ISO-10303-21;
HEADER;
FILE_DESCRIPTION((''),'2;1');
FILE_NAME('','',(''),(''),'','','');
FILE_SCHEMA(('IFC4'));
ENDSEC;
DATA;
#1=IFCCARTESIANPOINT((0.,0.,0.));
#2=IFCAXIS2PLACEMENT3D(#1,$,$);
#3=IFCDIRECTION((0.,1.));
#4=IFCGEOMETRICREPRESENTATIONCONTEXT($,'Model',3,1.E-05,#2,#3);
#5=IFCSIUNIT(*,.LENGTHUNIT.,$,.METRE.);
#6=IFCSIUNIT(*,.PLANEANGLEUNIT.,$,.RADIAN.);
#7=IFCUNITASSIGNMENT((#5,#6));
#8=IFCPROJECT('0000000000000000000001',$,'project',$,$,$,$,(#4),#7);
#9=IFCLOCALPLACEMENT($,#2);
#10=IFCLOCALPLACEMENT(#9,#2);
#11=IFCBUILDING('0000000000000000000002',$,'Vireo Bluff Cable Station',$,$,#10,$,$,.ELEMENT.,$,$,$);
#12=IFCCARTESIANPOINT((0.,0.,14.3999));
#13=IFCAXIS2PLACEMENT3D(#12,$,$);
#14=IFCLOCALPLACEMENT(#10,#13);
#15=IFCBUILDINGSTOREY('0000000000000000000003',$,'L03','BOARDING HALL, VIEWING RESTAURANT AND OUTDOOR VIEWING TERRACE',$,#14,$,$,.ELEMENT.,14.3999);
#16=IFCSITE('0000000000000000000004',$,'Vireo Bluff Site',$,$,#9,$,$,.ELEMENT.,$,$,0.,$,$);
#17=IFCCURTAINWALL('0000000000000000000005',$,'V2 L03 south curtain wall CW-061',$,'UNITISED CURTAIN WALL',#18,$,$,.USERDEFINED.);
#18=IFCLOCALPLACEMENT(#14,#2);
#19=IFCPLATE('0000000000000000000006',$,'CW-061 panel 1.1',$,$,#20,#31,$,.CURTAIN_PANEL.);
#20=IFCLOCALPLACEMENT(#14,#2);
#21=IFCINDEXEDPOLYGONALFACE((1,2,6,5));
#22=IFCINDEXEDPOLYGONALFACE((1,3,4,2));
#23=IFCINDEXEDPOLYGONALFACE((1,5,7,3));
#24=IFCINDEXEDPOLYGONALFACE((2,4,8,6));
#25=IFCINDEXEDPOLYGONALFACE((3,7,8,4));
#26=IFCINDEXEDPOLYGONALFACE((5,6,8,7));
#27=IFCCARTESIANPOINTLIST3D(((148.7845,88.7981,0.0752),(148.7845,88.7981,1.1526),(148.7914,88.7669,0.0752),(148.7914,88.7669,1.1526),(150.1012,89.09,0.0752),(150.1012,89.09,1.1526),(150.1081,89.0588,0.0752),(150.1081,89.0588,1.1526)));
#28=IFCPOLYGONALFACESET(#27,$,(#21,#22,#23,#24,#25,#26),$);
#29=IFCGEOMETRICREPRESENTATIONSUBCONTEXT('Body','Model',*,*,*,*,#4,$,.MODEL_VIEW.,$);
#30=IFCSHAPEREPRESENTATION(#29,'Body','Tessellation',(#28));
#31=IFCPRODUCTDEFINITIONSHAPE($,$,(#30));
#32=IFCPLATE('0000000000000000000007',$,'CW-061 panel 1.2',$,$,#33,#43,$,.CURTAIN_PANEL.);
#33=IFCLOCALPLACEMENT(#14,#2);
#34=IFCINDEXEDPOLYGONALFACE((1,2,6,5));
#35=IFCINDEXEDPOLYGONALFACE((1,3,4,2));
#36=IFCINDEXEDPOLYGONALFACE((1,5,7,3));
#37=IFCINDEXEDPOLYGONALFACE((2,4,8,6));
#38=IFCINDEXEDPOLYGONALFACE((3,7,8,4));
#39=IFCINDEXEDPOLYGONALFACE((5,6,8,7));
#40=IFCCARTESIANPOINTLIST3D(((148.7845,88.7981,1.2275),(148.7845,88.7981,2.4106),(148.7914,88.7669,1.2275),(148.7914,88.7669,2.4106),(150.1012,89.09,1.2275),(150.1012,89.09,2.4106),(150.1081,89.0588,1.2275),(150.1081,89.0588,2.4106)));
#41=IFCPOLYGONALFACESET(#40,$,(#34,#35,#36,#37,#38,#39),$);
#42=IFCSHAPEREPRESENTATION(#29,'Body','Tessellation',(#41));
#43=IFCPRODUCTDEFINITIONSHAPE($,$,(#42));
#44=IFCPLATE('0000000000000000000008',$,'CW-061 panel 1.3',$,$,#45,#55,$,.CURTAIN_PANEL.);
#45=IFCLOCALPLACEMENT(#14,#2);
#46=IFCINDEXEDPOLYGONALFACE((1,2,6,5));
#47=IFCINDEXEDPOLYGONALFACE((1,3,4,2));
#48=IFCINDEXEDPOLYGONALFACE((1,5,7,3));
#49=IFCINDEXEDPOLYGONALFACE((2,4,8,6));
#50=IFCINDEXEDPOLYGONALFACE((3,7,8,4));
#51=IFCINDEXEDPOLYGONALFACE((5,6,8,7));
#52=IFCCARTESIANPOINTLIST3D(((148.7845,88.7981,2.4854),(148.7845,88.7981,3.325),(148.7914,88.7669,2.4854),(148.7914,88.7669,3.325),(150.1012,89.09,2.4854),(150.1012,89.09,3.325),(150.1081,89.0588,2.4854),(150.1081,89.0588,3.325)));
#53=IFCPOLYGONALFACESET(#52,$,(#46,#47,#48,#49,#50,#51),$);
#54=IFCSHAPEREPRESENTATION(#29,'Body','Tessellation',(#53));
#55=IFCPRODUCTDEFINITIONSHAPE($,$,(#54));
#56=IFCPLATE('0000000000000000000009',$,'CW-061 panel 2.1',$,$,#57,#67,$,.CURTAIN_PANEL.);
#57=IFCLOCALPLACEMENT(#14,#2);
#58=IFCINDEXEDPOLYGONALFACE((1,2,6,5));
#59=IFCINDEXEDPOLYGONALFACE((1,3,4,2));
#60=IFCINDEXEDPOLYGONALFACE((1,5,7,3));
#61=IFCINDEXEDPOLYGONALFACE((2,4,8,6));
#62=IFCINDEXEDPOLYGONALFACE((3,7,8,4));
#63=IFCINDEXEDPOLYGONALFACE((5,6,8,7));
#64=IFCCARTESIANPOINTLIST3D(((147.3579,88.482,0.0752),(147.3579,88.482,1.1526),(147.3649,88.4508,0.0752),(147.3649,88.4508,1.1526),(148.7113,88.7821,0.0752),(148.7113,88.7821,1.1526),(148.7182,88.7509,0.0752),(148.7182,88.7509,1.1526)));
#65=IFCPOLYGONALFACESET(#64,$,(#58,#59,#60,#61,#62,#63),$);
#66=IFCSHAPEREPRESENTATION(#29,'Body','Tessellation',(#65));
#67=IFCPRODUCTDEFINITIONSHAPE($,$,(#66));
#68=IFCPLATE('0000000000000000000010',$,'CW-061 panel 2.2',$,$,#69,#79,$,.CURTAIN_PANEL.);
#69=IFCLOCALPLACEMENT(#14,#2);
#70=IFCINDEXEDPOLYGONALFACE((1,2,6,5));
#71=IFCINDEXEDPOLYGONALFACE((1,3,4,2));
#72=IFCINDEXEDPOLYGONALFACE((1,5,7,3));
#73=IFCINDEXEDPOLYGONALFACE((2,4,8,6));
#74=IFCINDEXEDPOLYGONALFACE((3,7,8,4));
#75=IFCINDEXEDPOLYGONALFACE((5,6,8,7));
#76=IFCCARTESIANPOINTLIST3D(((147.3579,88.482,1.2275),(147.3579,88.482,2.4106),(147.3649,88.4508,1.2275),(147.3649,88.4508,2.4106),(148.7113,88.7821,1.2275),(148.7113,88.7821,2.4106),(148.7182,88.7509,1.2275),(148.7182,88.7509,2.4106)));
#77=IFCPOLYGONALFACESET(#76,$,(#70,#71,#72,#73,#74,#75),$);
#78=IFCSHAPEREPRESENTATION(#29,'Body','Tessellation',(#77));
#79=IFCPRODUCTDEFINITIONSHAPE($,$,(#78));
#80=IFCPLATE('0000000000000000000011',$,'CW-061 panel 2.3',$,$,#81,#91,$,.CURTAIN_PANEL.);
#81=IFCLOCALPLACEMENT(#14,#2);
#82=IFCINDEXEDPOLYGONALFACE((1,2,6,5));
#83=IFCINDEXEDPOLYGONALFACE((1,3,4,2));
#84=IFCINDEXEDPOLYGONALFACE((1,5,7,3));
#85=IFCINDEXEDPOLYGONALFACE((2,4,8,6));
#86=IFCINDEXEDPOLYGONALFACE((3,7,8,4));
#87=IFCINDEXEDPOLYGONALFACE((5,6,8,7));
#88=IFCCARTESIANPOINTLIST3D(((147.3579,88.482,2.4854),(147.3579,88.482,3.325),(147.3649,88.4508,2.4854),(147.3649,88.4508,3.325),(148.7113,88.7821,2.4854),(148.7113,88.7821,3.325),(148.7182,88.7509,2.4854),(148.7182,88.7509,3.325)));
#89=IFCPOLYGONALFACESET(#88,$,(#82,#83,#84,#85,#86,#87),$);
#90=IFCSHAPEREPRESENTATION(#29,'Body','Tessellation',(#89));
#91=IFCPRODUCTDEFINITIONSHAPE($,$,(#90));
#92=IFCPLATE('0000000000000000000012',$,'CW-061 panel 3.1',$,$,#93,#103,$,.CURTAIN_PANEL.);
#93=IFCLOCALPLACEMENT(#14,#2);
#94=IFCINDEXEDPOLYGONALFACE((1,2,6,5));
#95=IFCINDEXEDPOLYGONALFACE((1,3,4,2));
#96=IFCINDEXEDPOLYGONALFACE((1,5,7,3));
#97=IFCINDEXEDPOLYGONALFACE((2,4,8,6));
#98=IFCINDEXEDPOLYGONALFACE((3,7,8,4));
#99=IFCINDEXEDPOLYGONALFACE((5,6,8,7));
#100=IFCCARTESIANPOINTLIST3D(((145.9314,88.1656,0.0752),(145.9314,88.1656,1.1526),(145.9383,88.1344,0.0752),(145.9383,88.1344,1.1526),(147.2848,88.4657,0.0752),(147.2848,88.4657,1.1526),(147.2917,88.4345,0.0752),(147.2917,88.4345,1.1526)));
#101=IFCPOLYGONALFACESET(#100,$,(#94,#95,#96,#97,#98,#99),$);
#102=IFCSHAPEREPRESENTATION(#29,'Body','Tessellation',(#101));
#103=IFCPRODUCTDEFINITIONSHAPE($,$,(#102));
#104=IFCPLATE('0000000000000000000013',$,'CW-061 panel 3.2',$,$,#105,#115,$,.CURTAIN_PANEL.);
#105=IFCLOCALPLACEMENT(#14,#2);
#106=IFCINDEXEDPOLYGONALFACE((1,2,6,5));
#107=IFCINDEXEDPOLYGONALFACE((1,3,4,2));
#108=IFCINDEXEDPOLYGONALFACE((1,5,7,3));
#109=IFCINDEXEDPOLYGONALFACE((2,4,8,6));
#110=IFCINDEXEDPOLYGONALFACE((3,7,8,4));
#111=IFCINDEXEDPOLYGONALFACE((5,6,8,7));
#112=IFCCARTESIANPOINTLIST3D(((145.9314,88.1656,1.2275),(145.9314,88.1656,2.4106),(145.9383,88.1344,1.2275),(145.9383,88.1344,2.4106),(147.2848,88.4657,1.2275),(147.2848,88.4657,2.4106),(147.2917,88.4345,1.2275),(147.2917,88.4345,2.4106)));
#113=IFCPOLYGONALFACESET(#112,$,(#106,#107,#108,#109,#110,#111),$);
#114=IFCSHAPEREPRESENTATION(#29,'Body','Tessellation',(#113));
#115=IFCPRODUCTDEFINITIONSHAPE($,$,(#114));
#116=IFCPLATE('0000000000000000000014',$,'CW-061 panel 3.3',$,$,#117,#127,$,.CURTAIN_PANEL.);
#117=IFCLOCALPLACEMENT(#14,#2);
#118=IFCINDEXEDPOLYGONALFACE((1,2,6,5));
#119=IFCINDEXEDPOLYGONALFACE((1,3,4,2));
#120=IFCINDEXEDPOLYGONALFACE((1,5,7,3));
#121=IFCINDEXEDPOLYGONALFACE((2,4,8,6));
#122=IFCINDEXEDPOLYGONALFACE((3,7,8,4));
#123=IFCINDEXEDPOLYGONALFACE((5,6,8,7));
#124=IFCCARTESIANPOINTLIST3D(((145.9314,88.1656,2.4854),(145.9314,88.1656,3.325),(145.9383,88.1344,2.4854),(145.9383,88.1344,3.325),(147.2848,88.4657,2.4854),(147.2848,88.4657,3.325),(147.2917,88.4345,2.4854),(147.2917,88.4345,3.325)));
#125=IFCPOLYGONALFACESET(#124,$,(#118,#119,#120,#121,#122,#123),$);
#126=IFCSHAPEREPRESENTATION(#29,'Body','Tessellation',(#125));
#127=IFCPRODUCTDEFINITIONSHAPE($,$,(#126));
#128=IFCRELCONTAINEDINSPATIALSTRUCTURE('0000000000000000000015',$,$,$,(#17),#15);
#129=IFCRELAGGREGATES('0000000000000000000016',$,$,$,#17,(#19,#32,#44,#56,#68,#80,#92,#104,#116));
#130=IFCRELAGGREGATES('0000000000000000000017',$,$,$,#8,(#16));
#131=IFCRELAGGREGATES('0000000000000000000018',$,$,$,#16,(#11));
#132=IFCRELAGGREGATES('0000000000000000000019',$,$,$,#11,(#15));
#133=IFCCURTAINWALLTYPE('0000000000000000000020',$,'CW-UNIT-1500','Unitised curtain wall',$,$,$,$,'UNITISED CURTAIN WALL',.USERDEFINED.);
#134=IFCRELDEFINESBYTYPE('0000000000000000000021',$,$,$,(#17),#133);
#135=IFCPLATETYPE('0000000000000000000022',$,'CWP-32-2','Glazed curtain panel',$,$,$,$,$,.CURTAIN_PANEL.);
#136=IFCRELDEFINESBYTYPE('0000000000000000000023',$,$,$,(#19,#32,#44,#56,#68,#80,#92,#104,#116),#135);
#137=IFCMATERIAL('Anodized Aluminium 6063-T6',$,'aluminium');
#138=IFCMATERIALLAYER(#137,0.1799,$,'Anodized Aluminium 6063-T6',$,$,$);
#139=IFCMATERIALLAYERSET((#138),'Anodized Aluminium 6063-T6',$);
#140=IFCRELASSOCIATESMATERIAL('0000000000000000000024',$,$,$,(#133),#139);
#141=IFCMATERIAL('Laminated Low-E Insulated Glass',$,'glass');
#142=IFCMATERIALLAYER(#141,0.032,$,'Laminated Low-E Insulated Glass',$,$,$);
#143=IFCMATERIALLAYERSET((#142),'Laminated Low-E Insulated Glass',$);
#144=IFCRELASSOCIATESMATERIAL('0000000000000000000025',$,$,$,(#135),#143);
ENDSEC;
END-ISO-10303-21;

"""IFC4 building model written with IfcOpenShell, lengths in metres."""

from ifc_helpers import new_model, si_unit, direction, frame, origin, origin_2d, place, context, subcontext, project, spatial, rectangle, extrude, material, layer, layer_set, type_object, element, aggregate, save


model = new_model("IFC4")

# Units and contexts
model_context = context("Model", 3, precision=1e-05, world=origin(), true_north=direction((0.0, 1.0)))
body_context = subcontext(model_context, "Body", "Model", "MODEL_VIEW")
ifc_project = project(units=[si_unit("LENGTHUNIT", "METRE"), si_unit("PLANEANGLEUNIT", "RADIAN")], contexts=[model_context])

# Site, building, storey
site_placement = place(None, origin())
site = spatial("IfcSite", under=ifc_project, at=site_placement, Name="Vireo Bluff Site", CompositionType="ELEMENT", RefElevation=0.0)
building_placement = place(site_placement, origin())
building = spatial("IfcBuilding", under=site, at=building_placement, Name="Vireo Bluff Cable Station", CompositionType="ELEMENT")
storey_placement = place(building_placement, frame((0.0, 0.0, 14.3999)))
storey = spatial("IfcBuildingStorey", under=building, at=storey_placement, Name="L03", Description="BOARDING HALL, VIEWING RESTAURANT AND OUTDOOR VIEWING TERRACE", CompositionType="ELEMENT", Elevation=14.3999)

# Curtain wall, plates
ifc_material_1 = material(Name="Anodized Aluminium 6063-T6", Category="aluminium")
ifc_layer_1 = layer(ifc_material_1, 0.1799, Name="Anodized Aluminium 6063-T6")
ifc_layer_set_1 = layer_set([ifc_layer_1], Name="Anodized Aluminium 6063-T6")
curtain_wall_type = type_object("IfcCurtainWallType", Name="CW-UNIT-1500", Description="Unitised curtain wall", ElementType="UNITISED CURTAIN WALL", PredefinedType="USERDEFINED", material=ifc_layer_set_1)
curtain_wall_placement = place(storey_placement, origin())
curtain_wall = element("IfcCurtainWall", 1, at=curtain_wall_placement, inside=storey, type_object=curtain_wall_type, Name="V2 L03 south curtain wall CW-061", ObjectType="UNITISED CURTAIN WALL", PredefinedType="USERDEFINED")
ifc_material_2 = material(Name="Laminated Low-E Insulated Glass", Category="glass")
ifc_layer_2 = layer(ifc_material_2, 0.032, Name="Laminated Low-E Insulated Glass")
ifc_layer_set_2 = layer_set([ifc_layer_2], Name="Laminated Low-E Insulated Glass")
plate_type = type_object("IfcPlateType", Name="CWP-32-2", Description="Glazed curtain panel", PredefinedType="CURTAIN_PANEL", material=ifc_layer_set_2)
plate_1_placement = place(storey_placement, frame((149.4463, 88.9285, 0.0752), z_axis=(0.0, 0.0, 1.0), x_axis=(-0.976296, -0.21644, 0.0)))
plate_1 = element("IfcPlate", 2, at=plate_1_placement, type_object=plate_type, Name="CW-061 panel 1.1", PredefinedType="CURTAIN_PANEL", context=body_context, shape_type="SweptSolid", body=[
    extrude(rectangle(XDim=1.3486, YDim=0.032, at=origin_2d()), origin(), (0.0, 0.0, 1.0), 1.0774),
])
plate_2_placement = place(storey_placement, frame((149.4463, 88.9285, 1.2275), z_axis=(0.0, 0.0, 1.0), x_axis=(-0.976296, -0.21644, 0.0)))
plate_2 = element("IfcPlate", 3, at=plate_2_placement, type_object=plate_type, Name="CW-061 panel 1.2", PredefinedType="CURTAIN_PANEL", context=body_context, shape_type="SweptSolid", body=[
    extrude(rectangle(XDim=1.3486, YDim=0.032, at=origin_2d()), origin(), (0.0, 0.0, 1.0), 1.1831),
])
plate_3_placement = place(storey_placement, frame((149.4463, 88.9285, 2.4854), z_axis=(0.0, 0.0, 1.0), x_axis=(-0.976296, -0.21644, 0.0)))
plate_3 = element("IfcPlate", 4, at=plate_3_placement, type_object=plate_type, Name="CW-061 panel 1.3", PredefinedType="CURTAIN_PANEL", context=body_context, shape_type="SweptSolid", body=[
    extrude(rectangle(XDim=1.3486, YDim=0.032, at=origin_2d()), origin(), (0.0, 0.0, 1.0), 0.8396),
])
plate_4_placement = place(storey_placement, frame((148.0381, 88.6165, 0.0752), z_axis=(0.0, 0.0, 1.0), x_axis=(-0.976296, -0.21644, 0.0)))
plate_4 = element("IfcPlate", 5, at=plate_4_placement, type_object=plate_type, Name="CW-061 panel 2.1", PredefinedType="CURTAIN_PANEL", context=body_context, shape_type="SweptSolid", body=[
    extrude(rectangle(XDim=1.3862, YDim=0.032, at=origin_2d()), origin(), (0.0, 0.0, 1.0), 1.0774),
])
plate_5_placement = place(storey_placement, frame((148.0381, 88.6165, 1.2275), z_axis=(0.0, 0.0, 1.0), x_axis=(-0.976296, -0.21644, 0.0)))
plate_5 = element("IfcPlate", 6, at=plate_5_placement, type_object=plate_type, Name="CW-061 panel 2.2", PredefinedType="CURTAIN_PANEL", context=body_context, shape_type="SweptSolid", body=[
    extrude(rectangle(XDim=1.3862, YDim=0.032, at=origin_2d()), origin(), (0.0, 0.0, 1.0), 1.1831),
])
plate_6_placement = place(storey_placement, frame((148.0381, 88.6165, 2.4854), z_axis=(0.0, 0.0, 1.0), x_axis=(-0.976296, -0.21644, 0.0)))
plate_6 = element("IfcPlate", 7, at=plate_6_placement, type_object=plate_type, Name="CW-061 panel 2.3", PredefinedType="CURTAIN_PANEL", context=body_context, shape_type="SweptSolid", body=[
    extrude(rectangle(XDim=1.3862, YDim=0.032, at=origin_2d()), origin(), (0.0, 0.0, 1.0), 0.8396),
])
plate_7_placement = place(storey_placement, frame((146.6116, 88.3, 0.0752), z_axis=(0.0, 0.0, 1.0), x_axis=(-0.976296, -0.21644, 0.0)))
plate_7 = element("IfcPlate", 8, at=plate_7_placement, type_object=plate_type, Name="CW-061 panel 3.1", PredefinedType="CURTAIN_PANEL", context=body_context, shape_type="SweptSolid", body=[
    extrude(rectangle(XDim=1.3862, YDim=0.032, at=origin_2d()), origin(), (0.0, 0.0, 1.0), 1.0774),
])
plate_8_placement = place(storey_placement, frame((146.6116, 88.3, 1.2275), z_axis=(0.0, 0.0, 1.0), x_axis=(-0.976296, -0.21644, 0.0)))
plate_8 = element("IfcPlate", 9, at=plate_8_placement, type_object=plate_type, Name="CW-061 panel 3.2", PredefinedType="CURTAIN_PANEL", context=body_context, shape_type="SweptSolid", body=[
    extrude(rectangle(XDim=1.3862, YDim=0.032, at=origin_2d()), origin(), (0.0, 0.0, 1.0), 1.1831),
])
plate_9_placement = place(storey_placement, frame((146.6116, 88.3, 2.4854), z_axis=(0.0, 0.0, 1.0), x_axis=(-0.976296, -0.21644, 0.0)))
plate_9 = element("IfcPlate", 10, at=plate_9_placement, type_object=plate_type, Name="CW-061 panel 3.3", PredefinedType="CURTAIN_PANEL", context=body_context, shape_type="SweptSolid", body=[
    extrude(rectangle(XDim=1.3862, YDim=0.032, at=origin_2d()), origin(), (0.0, 0.0, 1.0), 0.8396),
])
aggregate(curtain_wall, [plate_1, plate_2, plate_3, plate_4, plate_5, plate_6, plate_7, plate_8, plate_9])

save(model, "model.ifc")
